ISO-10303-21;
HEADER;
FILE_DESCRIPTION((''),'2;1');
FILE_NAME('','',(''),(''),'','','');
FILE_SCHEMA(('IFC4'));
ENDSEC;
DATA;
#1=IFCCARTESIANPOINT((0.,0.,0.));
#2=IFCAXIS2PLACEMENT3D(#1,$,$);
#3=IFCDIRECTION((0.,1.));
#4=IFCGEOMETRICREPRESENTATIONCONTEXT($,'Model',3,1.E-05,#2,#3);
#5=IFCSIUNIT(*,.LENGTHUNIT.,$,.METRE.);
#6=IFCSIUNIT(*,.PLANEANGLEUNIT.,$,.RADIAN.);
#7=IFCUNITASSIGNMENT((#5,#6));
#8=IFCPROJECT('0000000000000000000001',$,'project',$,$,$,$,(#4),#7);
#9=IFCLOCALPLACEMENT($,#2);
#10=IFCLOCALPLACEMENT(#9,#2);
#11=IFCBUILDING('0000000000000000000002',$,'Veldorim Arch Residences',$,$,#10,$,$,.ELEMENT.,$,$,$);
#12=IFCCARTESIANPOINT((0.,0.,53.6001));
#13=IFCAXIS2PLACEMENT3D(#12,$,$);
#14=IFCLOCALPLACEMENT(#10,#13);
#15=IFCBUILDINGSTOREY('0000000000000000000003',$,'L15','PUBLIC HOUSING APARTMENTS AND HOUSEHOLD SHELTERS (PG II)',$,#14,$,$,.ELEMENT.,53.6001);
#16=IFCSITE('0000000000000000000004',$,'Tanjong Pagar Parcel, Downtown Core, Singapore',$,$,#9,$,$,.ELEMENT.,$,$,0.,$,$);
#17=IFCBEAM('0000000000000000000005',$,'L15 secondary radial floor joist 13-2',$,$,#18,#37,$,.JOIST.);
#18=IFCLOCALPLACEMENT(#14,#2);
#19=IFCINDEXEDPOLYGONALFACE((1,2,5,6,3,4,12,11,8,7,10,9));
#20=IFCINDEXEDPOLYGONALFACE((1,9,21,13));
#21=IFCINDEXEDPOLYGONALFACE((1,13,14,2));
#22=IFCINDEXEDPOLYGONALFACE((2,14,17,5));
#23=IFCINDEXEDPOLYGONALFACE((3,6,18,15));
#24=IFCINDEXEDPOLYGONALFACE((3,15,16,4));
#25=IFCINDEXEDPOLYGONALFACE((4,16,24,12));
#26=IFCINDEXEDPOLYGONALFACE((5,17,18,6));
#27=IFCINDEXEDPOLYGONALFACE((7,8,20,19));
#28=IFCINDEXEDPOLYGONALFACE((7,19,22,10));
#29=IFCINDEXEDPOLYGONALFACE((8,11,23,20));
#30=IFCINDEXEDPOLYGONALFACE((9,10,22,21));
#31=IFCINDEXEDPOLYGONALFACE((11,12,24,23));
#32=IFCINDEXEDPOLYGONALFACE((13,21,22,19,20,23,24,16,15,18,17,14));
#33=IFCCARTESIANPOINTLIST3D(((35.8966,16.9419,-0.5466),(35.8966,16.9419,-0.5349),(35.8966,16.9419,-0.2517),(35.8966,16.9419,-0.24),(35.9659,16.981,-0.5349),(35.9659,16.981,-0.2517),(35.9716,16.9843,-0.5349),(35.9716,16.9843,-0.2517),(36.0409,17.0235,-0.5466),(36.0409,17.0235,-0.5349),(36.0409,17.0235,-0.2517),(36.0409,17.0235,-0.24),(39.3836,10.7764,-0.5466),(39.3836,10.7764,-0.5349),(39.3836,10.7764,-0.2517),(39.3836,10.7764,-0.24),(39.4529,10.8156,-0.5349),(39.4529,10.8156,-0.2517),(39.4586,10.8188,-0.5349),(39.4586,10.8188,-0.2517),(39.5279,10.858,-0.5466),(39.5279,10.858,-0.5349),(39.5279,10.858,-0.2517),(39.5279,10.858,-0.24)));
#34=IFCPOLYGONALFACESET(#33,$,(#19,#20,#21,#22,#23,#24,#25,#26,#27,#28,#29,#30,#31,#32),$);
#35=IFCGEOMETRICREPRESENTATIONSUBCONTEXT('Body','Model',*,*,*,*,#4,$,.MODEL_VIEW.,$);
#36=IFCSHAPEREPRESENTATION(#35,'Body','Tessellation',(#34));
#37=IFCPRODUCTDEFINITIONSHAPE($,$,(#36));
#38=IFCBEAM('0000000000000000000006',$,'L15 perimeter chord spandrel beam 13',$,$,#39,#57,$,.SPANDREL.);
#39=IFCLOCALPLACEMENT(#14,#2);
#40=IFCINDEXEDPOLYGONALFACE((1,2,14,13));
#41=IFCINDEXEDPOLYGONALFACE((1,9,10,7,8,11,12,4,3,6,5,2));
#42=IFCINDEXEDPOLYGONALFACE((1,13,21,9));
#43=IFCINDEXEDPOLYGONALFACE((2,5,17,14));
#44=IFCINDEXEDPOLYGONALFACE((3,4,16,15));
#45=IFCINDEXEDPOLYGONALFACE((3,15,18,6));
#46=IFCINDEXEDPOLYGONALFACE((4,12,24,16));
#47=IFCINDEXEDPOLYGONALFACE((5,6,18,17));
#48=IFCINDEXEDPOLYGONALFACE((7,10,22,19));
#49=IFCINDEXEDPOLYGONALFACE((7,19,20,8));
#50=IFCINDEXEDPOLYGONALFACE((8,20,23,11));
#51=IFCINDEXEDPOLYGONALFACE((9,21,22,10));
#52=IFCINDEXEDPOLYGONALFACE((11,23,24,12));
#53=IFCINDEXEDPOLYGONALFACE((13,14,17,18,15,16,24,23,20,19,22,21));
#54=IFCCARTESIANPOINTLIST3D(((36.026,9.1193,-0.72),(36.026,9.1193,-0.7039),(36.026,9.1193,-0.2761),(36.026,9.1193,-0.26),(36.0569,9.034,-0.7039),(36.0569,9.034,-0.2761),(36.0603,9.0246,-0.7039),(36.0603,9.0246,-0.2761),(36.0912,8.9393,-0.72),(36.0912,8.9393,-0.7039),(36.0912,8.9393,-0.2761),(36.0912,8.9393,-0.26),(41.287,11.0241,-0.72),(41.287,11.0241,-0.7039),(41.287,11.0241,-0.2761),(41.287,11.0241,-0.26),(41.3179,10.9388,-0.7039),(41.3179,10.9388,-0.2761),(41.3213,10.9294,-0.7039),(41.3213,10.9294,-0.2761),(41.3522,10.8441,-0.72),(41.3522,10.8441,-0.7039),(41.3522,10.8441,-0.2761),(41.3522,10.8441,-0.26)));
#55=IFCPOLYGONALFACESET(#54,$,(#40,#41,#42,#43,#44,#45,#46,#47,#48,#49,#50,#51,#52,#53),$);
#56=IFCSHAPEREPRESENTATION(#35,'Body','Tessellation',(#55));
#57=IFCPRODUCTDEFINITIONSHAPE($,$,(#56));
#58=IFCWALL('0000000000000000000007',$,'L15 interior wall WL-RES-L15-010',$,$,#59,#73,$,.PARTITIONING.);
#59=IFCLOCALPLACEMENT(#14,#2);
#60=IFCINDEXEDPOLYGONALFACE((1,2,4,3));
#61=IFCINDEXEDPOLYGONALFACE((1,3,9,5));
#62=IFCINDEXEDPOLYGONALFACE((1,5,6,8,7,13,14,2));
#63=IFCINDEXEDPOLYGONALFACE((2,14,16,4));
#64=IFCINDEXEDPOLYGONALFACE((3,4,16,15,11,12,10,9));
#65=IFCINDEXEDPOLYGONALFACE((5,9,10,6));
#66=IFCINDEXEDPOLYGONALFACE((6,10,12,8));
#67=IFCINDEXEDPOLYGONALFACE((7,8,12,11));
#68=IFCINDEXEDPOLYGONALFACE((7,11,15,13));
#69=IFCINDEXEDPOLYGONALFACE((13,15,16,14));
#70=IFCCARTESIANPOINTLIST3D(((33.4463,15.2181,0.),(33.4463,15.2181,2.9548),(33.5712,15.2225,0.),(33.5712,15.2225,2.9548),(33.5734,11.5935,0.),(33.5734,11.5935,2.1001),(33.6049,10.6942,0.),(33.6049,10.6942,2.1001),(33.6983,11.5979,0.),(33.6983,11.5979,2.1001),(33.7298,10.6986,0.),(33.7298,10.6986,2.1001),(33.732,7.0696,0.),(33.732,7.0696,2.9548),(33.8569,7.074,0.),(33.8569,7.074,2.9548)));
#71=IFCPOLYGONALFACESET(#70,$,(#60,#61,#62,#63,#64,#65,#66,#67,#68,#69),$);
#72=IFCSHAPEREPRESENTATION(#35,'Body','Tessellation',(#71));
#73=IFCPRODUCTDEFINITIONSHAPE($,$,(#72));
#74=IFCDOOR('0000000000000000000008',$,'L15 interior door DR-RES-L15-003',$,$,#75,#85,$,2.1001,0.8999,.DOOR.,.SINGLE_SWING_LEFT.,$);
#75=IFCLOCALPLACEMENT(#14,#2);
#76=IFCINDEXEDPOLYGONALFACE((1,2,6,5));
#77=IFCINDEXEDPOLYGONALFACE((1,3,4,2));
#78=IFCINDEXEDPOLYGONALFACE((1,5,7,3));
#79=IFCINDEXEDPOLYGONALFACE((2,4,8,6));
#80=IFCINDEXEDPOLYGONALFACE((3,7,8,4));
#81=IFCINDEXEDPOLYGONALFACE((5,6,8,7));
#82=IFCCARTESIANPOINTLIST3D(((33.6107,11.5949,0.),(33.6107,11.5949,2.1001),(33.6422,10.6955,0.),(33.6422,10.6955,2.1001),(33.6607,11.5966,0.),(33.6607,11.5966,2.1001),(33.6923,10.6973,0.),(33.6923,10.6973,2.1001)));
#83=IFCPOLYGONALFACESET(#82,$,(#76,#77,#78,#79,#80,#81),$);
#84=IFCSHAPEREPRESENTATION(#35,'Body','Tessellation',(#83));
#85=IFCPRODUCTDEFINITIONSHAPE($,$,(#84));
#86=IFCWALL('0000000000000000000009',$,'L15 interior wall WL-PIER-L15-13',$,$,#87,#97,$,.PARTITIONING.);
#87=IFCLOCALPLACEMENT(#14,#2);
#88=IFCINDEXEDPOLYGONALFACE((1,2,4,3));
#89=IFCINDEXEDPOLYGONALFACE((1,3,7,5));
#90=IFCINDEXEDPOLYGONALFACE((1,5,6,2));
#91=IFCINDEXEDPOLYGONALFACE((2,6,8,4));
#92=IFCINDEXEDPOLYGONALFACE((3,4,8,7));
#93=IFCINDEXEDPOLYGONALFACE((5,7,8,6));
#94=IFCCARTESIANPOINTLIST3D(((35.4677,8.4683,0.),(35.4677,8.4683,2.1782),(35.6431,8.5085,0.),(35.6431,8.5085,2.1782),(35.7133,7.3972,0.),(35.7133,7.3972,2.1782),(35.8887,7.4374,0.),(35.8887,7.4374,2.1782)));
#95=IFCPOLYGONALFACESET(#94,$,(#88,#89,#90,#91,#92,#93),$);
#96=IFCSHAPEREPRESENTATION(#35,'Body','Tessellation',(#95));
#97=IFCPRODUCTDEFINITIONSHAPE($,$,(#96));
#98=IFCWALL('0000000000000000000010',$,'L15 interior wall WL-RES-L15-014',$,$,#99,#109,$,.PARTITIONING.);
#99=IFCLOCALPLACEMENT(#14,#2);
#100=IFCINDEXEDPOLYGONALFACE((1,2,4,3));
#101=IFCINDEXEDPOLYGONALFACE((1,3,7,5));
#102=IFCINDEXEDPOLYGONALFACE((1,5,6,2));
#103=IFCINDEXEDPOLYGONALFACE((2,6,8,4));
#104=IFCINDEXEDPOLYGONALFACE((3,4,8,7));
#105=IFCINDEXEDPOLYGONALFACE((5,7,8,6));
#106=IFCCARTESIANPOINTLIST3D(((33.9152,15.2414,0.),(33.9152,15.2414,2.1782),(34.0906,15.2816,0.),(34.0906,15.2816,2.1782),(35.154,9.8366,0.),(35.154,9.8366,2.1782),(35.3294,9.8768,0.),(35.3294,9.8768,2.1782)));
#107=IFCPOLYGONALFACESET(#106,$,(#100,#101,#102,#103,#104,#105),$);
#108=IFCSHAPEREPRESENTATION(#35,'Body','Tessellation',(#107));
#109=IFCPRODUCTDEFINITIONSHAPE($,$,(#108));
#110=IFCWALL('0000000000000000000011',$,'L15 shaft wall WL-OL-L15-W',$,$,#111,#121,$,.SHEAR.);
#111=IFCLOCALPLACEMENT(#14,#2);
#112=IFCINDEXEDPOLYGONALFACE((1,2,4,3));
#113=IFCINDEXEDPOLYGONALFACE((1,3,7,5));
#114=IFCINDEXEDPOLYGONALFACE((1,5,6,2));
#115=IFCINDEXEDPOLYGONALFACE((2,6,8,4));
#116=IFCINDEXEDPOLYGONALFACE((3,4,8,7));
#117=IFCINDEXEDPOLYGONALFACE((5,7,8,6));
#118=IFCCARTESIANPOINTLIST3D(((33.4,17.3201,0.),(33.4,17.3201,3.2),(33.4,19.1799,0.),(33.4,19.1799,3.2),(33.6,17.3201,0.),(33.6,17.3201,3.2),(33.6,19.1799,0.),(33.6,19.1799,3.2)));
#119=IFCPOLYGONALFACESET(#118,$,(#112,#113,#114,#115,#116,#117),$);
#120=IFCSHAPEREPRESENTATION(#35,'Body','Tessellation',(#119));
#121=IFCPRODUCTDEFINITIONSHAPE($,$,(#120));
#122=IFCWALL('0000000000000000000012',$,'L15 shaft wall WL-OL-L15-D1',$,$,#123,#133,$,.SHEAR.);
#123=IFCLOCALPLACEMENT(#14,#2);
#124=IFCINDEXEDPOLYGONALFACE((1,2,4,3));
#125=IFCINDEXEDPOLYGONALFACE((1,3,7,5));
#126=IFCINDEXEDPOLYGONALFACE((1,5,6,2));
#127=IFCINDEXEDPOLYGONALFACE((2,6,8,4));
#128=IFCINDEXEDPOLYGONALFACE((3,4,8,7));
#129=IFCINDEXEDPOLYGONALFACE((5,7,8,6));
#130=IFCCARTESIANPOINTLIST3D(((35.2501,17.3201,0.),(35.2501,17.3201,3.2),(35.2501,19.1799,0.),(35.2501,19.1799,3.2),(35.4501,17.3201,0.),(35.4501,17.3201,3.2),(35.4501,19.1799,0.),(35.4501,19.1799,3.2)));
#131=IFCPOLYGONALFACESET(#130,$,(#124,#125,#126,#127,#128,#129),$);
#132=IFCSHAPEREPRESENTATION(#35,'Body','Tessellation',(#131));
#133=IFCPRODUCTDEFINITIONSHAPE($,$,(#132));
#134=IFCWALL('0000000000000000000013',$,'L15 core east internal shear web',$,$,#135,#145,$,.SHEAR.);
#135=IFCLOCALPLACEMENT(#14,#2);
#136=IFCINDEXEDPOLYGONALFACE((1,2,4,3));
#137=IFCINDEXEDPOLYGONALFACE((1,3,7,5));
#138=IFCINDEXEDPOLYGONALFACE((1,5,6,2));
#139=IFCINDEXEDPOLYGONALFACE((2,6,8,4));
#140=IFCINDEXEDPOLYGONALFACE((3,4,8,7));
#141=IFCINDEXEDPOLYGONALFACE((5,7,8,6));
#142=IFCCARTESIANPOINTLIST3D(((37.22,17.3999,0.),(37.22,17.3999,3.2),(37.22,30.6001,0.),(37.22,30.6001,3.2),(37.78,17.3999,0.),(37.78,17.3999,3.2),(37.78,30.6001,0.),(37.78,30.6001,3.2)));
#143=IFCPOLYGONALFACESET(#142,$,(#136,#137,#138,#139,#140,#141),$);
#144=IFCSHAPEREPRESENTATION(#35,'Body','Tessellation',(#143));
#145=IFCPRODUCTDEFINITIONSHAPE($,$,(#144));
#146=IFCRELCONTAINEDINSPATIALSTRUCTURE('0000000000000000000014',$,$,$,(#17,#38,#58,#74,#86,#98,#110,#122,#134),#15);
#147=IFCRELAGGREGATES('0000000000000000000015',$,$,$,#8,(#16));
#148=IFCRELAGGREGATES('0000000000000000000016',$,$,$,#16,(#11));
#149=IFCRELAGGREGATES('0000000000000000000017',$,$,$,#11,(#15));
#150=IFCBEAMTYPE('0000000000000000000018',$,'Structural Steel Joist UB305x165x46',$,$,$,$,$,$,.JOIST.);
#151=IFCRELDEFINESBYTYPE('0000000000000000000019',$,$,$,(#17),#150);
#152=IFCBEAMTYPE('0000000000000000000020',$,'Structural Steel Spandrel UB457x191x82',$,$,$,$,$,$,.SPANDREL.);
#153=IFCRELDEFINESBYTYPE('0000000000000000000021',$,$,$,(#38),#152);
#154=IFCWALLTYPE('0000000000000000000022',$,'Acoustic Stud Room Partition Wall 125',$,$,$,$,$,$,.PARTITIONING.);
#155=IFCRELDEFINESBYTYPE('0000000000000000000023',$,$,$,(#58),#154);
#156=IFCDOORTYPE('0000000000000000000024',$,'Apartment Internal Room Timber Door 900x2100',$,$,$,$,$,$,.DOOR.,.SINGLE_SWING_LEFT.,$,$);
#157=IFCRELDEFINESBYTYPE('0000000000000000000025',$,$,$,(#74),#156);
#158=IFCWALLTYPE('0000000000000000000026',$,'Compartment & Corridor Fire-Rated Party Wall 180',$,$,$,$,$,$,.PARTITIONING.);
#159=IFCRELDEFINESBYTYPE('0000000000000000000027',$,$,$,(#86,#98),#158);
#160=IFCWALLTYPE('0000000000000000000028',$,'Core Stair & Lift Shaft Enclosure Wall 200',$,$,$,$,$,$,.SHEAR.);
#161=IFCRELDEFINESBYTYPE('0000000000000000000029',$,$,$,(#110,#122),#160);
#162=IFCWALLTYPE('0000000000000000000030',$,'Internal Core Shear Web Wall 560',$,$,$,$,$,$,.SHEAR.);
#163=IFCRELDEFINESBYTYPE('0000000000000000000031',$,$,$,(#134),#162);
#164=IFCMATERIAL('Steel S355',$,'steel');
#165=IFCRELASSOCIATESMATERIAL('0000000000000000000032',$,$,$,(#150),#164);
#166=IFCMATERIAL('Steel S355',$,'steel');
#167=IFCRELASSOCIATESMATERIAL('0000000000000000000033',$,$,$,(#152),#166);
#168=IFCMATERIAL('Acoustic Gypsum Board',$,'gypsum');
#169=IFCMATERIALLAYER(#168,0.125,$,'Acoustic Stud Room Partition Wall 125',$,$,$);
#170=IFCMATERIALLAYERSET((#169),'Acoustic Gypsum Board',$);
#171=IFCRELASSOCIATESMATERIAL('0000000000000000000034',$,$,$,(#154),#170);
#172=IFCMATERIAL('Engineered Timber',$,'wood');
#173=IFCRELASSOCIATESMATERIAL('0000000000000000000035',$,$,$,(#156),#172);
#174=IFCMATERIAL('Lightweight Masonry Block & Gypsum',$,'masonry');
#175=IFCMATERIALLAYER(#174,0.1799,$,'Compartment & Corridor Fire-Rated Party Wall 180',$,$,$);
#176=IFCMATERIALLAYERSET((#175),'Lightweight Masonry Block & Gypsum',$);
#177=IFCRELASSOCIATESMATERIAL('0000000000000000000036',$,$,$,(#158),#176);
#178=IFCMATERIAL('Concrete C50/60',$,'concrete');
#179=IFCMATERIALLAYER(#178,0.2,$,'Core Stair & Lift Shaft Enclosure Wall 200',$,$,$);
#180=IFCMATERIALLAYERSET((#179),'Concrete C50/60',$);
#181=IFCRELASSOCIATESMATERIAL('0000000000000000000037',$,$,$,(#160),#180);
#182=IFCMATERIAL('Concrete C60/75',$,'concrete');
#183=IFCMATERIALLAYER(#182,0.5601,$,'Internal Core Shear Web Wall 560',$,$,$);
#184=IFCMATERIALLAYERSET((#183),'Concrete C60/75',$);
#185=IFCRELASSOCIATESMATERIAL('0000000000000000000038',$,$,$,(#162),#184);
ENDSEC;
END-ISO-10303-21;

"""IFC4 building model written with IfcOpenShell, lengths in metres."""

from ifc_helpers import new_model, si_unit, direction, frame, frame_2d, origin, origin_2d, place, context, subcontext, project, spatial, rectangle, i_section, extrude, material, layer, layer_set, material_profile, profile_set, type_object, element, fill, save


model = new_model("IFC4")

# Units and contexts
model_context = context("Model", 3, precision=1e-05, world=origin(), true_north=direction((0.0, 1.0)))
body_context = subcontext(model_context, "Body", "Model", "MODEL_VIEW")
ifc_project = project(units=[si_unit("LENGTHUNIT", "METRE"), si_unit("PLANEANGLEUNIT", "RADIAN")], contexts=[model_context])

# Site, building, storey
site_placement = place(None, origin())
site = spatial("IfcSite", under=ifc_project, at=site_placement, Name="Tanjong Pagar Parcel, Downtown Core, Singapore", CompositionType="ELEMENT", RefElevation=0.0)
building_placement = place(site_placement, origin())
building = spatial("IfcBuilding", under=site, at=building_placement, Name="Veldorim Arch Residences", CompositionType="ELEMENT")
storey_placement = place(building_placement, frame((0.0, 0.0, 53.6001)))
storey = spatial("IfcBuildingStorey", under=building, at=storey_placement, Name="L15", Description="PUBLIC HOUSING APARTMENTS AND HOUSEHOLD SHELTERS (PG II)", CompositionType="ELEMENT", Elevation=53.6001)

# Beams
ifc_material_1 = material(Name="Steel S355", Category="steel")
ifc_material_profile_1 = material_profile(ifc_material_1, i_section(OverallWidth=0.1658, OverallDepth=0.3066, WebThickness=0.0066, FlangeThickness=0.0117, at=origin_2d()), Name="UB305x165x46")
ifc_profile_set_1 = profile_set([ifc_material_profile_1], Name="Steel S355")
beam_type_1 = type_object("IfcBeamType", Name="Structural Steel Joist UB305x165x46", PredefinedType="JOIST", material=ifc_profile_set_1)
beam_1_placement = place(storey_placement, frame((35.9688, 16.9827, -0.3933), z_axis=(0.492292, -0.87043, 0.0), x_axis=(0.87043, 0.492292, 0.0)))
element("IfcBeam", 1, at=beam_1_placement, inside=storey, type_object=beam_type_1, Name="L15 secondary radial floor joist 13-2", PredefinedType="JOIST", context=body_context, shape_type="SweptSolid", body=[
    extrude(i_section(OverallWidth=0.1658, OverallDepth=0.3066, WebThickness=0.0066, FlangeThickness=0.0117, at=origin_2d()), origin(), (0.0, 0.0, 1.0), 7.0833),
])
ifc_material_2 = material(Name="Steel S355", Category="steel")
ifc_material_profile_2 = material_profile(ifc_material_2, i_section(OverallWidth=0.1914, OverallDepth=0.46, WebThickness=0.01, FlangeThickness=0.0161, at=origin_2d()), Name="UB457x191x82")
ifc_profile_set_2 = profile_set([ifc_material_profile_2], Name="Steel S355")
beam_type_2 = type_object("IfcBeamType", Name="Structural Steel Spandrel UB457x191x82", PredefinedType="SPANDREL", material=ifc_profile_set_2)
beam_2_placement = place(storey_placement, frame((36.0586, 9.0293, -0.49), z_axis=(0.940269, 0.340432, 0.0), x_axis=(-0.340432, 0.940269, 0.0)))
element("IfcBeam", 2, at=beam_2_placement, inside=storey, type_object=beam_type_2, Name="L15 perimeter chord spandrel beam 13", PredefinedType="SPANDREL", context=body_context, shape_type="SweptSolid", body=[
    extrude(i_section(OverallWidth=0.1914, OverallDepth=0.46, WebThickness=0.01, FlangeThickness=0.0161, at=origin_2d()), origin(), (0.0, 0.0, 1.0), 5.5952),
])

# Wall, opening, door
ifc_material_3 = material(Name="Acoustic Gypsum Board", Category="gypsum")
ifc_layer_1 = layer(ifc_material_3, 0.125, Name="Acoustic Stud Room Partition Wall 125")
ifc_layer_set_1 = layer_set([ifc_layer_1], Name="Acoustic Gypsum Board")
wall_type_1 = type_object("IfcWallType", Name="Acoustic Stud Room Partition Wall 125", PredefinedType="PARTITIONING", material=ifc_layer_set_1)
wall_1_placement = place(storey_placement, frame((33.5088, 15.2202, 0.0), z_axis=(0.0, 0.0, 1.0), x_axis=(0.035034, -0.999386, 0.0)))
wall_1 = element("IfcWall", 3, at=wall_1_placement, inside=storey, type_object=wall_type_1, Name="L15 interior wall WL-RES-L15-010", PredefinedType="PARTITIONING", context=body_context, shape_type="SweptSolid", body=[
    extrude(rectangle(XDim=8.1536, YDim=0.125, at=frame_2d((4.0767, 0.0))), origin(), (0.0, 0.0, 1.0), 2.9548),
])
opening_1_placement = place(wall_1_placement, frame((3.6267, 0.0, 0.0)))
opening_1 = element("IfcOpeningElement", 4, at=opening_1_placement, cuts=wall_1, PredefinedType="OPENING", context=body_context, shape_type="SweptSolid", body=[
    extrude(rectangle(XDim=0.8999, YDim=2.1001, at=frame_2d((0.45, 1.05))), frame((0.0, 0.0725, 0.0), z_axis=(0.0, -1.0, 0.0), x_axis=(1.0, 0.0, 0.0)), (0.0, 0.0, 1.0), 0.145),
])
ifc_material_4 = material(Name="Engineered Timber", Category="wood")
door_type = type_object("IfcDoorType", Name="Apartment Internal Room Timber Door 900x2100", OperationType="SINGLE_SWING_LEFT", PredefinedType="DOOR", material=ifc_material_4)
door_placement = place(opening_1_placement, origin())
door = element("IfcDoor", 5, at=door_placement, inside=storey, type_object=door_type, Name="L15 interior door DR-RES-L15-003", OperationType="SINGLE_SWING_LEFT", OverallHeight=2.1001, OverallWidth=0.8999, PredefinedType="DOOR", context=body_context, shape_type="SweptSolid", body=[
    extrude(rectangle(XDim=0.8999, YDim=2.1001, at=frame_2d((0.45, 1.05))), frame((0.0, 0.0249, 0.0), z_axis=(0.0, -1.0, 0.0), x_axis=(1.0, 0.0, 0.0)), (0.0, 0.0, 1.0), 0.05),
])
fill(opening_1, door)

# Walls
ifc_material_5 = material(Name="Lightweight Masonry Block & Gypsum", Category="masonry")
ifc_layer_2 = layer(ifc_material_5, 0.1799, Name="Compartment & Corridor Fire-Rated Party Wall 180")
ifc_layer_set_2 = layer_set([ifc_layer_2], Name="Lightweight Masonry Block & Gypsum")
wall_type_2 = type_object("IfcWallType", Name="Compartment & Corridor Fire-Rated Party Wall 180", PredefinedType="PARTITIONING", material=ifc_layer_set_2)
wall_2_placement = place(storey_placement, frame((35.5554, 8.4883, 0.0), z_axis=(0.0, 0.0, 1.0), x_axis=(0.223512, -0.974701, 0.0)))
element("IfcWall", 6, at=wall_2_placement, inside=storey, type_object=wall_type_2, Name="L15 interior wall WL-PIER-L15-13", PredefinedType="PARTITIONING", context=body_context, shape_type="SweptSolid", body=[
    extrude(rectangle(XDim=1.0989, YDim=0.1799, at=frame_2d((0.5493, 0.0))), origin(), (0.0, 0.0, 1.0), 2.1782),
])
wall_3_placement = place(storey_placement, frame((34.0029, 15.2615, 0.0), z_axis=(0.0, 0.0, 1.0), x_axis=(0.223406, -0.974726, 0.0)))
element("IfcWall", 7, at=wall_3_placement, inside=storey, type_object=wall_type_2, Name="L15 interior wall WL-RES-L15-014", PredefinedType="PARTITIONING", context=body_context, shape_type="SweptSolid", body=[
    extrude(rectangle(XDim=5.5449, YDim=0.1799, at=frame_2d((2.7725, 0.0))), origin(), (0.0, 0.0, 1.0), 2.1782),
])
ifc_material_6 = material(Name="Concrete C50/60", Category="concrete")
ifc_layer_3 = layer(ifc_material_6, 0.2, Name="Core Stair & Lift Shaft Enclosure Wall 200")
ifc_layer_set_3 = layer_set([ifc_layer_3], Name="Concrete C50/60")
wall_type_3 = type_object("IfcWallType", Name="Core Stair & Lift Shaft Enclosure Wall 200", PredefinedType="SHEAR", material=ifc_layer_set_3)
for number, where, z_axis, x_axis, name in (
    (8, (33.5, 17.3201, 0.0), (0.0, 0.0, 1.0), (0.0, 1.0, 0.0), "L15 shaft wall WL-OL-L15-W"),
    (9, (35.3501, 17.3201, 0.0), (0.0, 0.0, 1.0), (0.0, 1.0, 0.0), "L15 shaft wall WL-OL-L15-D1"),
):
    element("IfcWall", number, at=place(storey_placement, frame(where, z_axis=z_axis, x_axis=x_axis)), inside=storey, type_object=wall_type_3, Name=name, PredefinedType="SHEAR", context=body_context, shape_type="SweptSolid", body=[
        extrude(rectangle(XDim=1.8599, YDim=0.2, at=frame_2d((0.9299, 0.0))), origin(), (0.0, 0.0, 1.0), 3.2),
    ])
ifc_material_7 = material(Name="Concrete C60/75", Category="concrete")
ifc_layer_4 = layer(ifc_material_7, 0.5601, Name="Internal Core Shear Web Wall 560")
ifc_layer_set_4 = layer_set([ifc_layer_4], Name="Concrete C60/75")
wall_type_4 = type_object("IfcWallType", Name="Internal Core Shear Web Wall 560", PredefinedType="SHEAR", material=ifc_layer_set_4)
wall_4_placement = place(storey_placement, frame((37.5, 17.3999, 0.0), z_axis=(0.0, 0.0, 1.0), x_axis=(0.0, 1.0, 0.0)))
element("IfcWall", 10, at=wall_4_placement, inside=storey, type_object=wall_type_4, Name="L15 core east internal shear web", PredefinedType="SHEAR", context=body_context, shape_type="SweptSolid", body=[
    extrude(rectangle(XDim=13.2002, YDim=0.5601, at=frame_2d((6.6001, 0.0))), origin(), (0.0, 0.0, 1.0), 3.2),
])

save(model, "model.ifc")
